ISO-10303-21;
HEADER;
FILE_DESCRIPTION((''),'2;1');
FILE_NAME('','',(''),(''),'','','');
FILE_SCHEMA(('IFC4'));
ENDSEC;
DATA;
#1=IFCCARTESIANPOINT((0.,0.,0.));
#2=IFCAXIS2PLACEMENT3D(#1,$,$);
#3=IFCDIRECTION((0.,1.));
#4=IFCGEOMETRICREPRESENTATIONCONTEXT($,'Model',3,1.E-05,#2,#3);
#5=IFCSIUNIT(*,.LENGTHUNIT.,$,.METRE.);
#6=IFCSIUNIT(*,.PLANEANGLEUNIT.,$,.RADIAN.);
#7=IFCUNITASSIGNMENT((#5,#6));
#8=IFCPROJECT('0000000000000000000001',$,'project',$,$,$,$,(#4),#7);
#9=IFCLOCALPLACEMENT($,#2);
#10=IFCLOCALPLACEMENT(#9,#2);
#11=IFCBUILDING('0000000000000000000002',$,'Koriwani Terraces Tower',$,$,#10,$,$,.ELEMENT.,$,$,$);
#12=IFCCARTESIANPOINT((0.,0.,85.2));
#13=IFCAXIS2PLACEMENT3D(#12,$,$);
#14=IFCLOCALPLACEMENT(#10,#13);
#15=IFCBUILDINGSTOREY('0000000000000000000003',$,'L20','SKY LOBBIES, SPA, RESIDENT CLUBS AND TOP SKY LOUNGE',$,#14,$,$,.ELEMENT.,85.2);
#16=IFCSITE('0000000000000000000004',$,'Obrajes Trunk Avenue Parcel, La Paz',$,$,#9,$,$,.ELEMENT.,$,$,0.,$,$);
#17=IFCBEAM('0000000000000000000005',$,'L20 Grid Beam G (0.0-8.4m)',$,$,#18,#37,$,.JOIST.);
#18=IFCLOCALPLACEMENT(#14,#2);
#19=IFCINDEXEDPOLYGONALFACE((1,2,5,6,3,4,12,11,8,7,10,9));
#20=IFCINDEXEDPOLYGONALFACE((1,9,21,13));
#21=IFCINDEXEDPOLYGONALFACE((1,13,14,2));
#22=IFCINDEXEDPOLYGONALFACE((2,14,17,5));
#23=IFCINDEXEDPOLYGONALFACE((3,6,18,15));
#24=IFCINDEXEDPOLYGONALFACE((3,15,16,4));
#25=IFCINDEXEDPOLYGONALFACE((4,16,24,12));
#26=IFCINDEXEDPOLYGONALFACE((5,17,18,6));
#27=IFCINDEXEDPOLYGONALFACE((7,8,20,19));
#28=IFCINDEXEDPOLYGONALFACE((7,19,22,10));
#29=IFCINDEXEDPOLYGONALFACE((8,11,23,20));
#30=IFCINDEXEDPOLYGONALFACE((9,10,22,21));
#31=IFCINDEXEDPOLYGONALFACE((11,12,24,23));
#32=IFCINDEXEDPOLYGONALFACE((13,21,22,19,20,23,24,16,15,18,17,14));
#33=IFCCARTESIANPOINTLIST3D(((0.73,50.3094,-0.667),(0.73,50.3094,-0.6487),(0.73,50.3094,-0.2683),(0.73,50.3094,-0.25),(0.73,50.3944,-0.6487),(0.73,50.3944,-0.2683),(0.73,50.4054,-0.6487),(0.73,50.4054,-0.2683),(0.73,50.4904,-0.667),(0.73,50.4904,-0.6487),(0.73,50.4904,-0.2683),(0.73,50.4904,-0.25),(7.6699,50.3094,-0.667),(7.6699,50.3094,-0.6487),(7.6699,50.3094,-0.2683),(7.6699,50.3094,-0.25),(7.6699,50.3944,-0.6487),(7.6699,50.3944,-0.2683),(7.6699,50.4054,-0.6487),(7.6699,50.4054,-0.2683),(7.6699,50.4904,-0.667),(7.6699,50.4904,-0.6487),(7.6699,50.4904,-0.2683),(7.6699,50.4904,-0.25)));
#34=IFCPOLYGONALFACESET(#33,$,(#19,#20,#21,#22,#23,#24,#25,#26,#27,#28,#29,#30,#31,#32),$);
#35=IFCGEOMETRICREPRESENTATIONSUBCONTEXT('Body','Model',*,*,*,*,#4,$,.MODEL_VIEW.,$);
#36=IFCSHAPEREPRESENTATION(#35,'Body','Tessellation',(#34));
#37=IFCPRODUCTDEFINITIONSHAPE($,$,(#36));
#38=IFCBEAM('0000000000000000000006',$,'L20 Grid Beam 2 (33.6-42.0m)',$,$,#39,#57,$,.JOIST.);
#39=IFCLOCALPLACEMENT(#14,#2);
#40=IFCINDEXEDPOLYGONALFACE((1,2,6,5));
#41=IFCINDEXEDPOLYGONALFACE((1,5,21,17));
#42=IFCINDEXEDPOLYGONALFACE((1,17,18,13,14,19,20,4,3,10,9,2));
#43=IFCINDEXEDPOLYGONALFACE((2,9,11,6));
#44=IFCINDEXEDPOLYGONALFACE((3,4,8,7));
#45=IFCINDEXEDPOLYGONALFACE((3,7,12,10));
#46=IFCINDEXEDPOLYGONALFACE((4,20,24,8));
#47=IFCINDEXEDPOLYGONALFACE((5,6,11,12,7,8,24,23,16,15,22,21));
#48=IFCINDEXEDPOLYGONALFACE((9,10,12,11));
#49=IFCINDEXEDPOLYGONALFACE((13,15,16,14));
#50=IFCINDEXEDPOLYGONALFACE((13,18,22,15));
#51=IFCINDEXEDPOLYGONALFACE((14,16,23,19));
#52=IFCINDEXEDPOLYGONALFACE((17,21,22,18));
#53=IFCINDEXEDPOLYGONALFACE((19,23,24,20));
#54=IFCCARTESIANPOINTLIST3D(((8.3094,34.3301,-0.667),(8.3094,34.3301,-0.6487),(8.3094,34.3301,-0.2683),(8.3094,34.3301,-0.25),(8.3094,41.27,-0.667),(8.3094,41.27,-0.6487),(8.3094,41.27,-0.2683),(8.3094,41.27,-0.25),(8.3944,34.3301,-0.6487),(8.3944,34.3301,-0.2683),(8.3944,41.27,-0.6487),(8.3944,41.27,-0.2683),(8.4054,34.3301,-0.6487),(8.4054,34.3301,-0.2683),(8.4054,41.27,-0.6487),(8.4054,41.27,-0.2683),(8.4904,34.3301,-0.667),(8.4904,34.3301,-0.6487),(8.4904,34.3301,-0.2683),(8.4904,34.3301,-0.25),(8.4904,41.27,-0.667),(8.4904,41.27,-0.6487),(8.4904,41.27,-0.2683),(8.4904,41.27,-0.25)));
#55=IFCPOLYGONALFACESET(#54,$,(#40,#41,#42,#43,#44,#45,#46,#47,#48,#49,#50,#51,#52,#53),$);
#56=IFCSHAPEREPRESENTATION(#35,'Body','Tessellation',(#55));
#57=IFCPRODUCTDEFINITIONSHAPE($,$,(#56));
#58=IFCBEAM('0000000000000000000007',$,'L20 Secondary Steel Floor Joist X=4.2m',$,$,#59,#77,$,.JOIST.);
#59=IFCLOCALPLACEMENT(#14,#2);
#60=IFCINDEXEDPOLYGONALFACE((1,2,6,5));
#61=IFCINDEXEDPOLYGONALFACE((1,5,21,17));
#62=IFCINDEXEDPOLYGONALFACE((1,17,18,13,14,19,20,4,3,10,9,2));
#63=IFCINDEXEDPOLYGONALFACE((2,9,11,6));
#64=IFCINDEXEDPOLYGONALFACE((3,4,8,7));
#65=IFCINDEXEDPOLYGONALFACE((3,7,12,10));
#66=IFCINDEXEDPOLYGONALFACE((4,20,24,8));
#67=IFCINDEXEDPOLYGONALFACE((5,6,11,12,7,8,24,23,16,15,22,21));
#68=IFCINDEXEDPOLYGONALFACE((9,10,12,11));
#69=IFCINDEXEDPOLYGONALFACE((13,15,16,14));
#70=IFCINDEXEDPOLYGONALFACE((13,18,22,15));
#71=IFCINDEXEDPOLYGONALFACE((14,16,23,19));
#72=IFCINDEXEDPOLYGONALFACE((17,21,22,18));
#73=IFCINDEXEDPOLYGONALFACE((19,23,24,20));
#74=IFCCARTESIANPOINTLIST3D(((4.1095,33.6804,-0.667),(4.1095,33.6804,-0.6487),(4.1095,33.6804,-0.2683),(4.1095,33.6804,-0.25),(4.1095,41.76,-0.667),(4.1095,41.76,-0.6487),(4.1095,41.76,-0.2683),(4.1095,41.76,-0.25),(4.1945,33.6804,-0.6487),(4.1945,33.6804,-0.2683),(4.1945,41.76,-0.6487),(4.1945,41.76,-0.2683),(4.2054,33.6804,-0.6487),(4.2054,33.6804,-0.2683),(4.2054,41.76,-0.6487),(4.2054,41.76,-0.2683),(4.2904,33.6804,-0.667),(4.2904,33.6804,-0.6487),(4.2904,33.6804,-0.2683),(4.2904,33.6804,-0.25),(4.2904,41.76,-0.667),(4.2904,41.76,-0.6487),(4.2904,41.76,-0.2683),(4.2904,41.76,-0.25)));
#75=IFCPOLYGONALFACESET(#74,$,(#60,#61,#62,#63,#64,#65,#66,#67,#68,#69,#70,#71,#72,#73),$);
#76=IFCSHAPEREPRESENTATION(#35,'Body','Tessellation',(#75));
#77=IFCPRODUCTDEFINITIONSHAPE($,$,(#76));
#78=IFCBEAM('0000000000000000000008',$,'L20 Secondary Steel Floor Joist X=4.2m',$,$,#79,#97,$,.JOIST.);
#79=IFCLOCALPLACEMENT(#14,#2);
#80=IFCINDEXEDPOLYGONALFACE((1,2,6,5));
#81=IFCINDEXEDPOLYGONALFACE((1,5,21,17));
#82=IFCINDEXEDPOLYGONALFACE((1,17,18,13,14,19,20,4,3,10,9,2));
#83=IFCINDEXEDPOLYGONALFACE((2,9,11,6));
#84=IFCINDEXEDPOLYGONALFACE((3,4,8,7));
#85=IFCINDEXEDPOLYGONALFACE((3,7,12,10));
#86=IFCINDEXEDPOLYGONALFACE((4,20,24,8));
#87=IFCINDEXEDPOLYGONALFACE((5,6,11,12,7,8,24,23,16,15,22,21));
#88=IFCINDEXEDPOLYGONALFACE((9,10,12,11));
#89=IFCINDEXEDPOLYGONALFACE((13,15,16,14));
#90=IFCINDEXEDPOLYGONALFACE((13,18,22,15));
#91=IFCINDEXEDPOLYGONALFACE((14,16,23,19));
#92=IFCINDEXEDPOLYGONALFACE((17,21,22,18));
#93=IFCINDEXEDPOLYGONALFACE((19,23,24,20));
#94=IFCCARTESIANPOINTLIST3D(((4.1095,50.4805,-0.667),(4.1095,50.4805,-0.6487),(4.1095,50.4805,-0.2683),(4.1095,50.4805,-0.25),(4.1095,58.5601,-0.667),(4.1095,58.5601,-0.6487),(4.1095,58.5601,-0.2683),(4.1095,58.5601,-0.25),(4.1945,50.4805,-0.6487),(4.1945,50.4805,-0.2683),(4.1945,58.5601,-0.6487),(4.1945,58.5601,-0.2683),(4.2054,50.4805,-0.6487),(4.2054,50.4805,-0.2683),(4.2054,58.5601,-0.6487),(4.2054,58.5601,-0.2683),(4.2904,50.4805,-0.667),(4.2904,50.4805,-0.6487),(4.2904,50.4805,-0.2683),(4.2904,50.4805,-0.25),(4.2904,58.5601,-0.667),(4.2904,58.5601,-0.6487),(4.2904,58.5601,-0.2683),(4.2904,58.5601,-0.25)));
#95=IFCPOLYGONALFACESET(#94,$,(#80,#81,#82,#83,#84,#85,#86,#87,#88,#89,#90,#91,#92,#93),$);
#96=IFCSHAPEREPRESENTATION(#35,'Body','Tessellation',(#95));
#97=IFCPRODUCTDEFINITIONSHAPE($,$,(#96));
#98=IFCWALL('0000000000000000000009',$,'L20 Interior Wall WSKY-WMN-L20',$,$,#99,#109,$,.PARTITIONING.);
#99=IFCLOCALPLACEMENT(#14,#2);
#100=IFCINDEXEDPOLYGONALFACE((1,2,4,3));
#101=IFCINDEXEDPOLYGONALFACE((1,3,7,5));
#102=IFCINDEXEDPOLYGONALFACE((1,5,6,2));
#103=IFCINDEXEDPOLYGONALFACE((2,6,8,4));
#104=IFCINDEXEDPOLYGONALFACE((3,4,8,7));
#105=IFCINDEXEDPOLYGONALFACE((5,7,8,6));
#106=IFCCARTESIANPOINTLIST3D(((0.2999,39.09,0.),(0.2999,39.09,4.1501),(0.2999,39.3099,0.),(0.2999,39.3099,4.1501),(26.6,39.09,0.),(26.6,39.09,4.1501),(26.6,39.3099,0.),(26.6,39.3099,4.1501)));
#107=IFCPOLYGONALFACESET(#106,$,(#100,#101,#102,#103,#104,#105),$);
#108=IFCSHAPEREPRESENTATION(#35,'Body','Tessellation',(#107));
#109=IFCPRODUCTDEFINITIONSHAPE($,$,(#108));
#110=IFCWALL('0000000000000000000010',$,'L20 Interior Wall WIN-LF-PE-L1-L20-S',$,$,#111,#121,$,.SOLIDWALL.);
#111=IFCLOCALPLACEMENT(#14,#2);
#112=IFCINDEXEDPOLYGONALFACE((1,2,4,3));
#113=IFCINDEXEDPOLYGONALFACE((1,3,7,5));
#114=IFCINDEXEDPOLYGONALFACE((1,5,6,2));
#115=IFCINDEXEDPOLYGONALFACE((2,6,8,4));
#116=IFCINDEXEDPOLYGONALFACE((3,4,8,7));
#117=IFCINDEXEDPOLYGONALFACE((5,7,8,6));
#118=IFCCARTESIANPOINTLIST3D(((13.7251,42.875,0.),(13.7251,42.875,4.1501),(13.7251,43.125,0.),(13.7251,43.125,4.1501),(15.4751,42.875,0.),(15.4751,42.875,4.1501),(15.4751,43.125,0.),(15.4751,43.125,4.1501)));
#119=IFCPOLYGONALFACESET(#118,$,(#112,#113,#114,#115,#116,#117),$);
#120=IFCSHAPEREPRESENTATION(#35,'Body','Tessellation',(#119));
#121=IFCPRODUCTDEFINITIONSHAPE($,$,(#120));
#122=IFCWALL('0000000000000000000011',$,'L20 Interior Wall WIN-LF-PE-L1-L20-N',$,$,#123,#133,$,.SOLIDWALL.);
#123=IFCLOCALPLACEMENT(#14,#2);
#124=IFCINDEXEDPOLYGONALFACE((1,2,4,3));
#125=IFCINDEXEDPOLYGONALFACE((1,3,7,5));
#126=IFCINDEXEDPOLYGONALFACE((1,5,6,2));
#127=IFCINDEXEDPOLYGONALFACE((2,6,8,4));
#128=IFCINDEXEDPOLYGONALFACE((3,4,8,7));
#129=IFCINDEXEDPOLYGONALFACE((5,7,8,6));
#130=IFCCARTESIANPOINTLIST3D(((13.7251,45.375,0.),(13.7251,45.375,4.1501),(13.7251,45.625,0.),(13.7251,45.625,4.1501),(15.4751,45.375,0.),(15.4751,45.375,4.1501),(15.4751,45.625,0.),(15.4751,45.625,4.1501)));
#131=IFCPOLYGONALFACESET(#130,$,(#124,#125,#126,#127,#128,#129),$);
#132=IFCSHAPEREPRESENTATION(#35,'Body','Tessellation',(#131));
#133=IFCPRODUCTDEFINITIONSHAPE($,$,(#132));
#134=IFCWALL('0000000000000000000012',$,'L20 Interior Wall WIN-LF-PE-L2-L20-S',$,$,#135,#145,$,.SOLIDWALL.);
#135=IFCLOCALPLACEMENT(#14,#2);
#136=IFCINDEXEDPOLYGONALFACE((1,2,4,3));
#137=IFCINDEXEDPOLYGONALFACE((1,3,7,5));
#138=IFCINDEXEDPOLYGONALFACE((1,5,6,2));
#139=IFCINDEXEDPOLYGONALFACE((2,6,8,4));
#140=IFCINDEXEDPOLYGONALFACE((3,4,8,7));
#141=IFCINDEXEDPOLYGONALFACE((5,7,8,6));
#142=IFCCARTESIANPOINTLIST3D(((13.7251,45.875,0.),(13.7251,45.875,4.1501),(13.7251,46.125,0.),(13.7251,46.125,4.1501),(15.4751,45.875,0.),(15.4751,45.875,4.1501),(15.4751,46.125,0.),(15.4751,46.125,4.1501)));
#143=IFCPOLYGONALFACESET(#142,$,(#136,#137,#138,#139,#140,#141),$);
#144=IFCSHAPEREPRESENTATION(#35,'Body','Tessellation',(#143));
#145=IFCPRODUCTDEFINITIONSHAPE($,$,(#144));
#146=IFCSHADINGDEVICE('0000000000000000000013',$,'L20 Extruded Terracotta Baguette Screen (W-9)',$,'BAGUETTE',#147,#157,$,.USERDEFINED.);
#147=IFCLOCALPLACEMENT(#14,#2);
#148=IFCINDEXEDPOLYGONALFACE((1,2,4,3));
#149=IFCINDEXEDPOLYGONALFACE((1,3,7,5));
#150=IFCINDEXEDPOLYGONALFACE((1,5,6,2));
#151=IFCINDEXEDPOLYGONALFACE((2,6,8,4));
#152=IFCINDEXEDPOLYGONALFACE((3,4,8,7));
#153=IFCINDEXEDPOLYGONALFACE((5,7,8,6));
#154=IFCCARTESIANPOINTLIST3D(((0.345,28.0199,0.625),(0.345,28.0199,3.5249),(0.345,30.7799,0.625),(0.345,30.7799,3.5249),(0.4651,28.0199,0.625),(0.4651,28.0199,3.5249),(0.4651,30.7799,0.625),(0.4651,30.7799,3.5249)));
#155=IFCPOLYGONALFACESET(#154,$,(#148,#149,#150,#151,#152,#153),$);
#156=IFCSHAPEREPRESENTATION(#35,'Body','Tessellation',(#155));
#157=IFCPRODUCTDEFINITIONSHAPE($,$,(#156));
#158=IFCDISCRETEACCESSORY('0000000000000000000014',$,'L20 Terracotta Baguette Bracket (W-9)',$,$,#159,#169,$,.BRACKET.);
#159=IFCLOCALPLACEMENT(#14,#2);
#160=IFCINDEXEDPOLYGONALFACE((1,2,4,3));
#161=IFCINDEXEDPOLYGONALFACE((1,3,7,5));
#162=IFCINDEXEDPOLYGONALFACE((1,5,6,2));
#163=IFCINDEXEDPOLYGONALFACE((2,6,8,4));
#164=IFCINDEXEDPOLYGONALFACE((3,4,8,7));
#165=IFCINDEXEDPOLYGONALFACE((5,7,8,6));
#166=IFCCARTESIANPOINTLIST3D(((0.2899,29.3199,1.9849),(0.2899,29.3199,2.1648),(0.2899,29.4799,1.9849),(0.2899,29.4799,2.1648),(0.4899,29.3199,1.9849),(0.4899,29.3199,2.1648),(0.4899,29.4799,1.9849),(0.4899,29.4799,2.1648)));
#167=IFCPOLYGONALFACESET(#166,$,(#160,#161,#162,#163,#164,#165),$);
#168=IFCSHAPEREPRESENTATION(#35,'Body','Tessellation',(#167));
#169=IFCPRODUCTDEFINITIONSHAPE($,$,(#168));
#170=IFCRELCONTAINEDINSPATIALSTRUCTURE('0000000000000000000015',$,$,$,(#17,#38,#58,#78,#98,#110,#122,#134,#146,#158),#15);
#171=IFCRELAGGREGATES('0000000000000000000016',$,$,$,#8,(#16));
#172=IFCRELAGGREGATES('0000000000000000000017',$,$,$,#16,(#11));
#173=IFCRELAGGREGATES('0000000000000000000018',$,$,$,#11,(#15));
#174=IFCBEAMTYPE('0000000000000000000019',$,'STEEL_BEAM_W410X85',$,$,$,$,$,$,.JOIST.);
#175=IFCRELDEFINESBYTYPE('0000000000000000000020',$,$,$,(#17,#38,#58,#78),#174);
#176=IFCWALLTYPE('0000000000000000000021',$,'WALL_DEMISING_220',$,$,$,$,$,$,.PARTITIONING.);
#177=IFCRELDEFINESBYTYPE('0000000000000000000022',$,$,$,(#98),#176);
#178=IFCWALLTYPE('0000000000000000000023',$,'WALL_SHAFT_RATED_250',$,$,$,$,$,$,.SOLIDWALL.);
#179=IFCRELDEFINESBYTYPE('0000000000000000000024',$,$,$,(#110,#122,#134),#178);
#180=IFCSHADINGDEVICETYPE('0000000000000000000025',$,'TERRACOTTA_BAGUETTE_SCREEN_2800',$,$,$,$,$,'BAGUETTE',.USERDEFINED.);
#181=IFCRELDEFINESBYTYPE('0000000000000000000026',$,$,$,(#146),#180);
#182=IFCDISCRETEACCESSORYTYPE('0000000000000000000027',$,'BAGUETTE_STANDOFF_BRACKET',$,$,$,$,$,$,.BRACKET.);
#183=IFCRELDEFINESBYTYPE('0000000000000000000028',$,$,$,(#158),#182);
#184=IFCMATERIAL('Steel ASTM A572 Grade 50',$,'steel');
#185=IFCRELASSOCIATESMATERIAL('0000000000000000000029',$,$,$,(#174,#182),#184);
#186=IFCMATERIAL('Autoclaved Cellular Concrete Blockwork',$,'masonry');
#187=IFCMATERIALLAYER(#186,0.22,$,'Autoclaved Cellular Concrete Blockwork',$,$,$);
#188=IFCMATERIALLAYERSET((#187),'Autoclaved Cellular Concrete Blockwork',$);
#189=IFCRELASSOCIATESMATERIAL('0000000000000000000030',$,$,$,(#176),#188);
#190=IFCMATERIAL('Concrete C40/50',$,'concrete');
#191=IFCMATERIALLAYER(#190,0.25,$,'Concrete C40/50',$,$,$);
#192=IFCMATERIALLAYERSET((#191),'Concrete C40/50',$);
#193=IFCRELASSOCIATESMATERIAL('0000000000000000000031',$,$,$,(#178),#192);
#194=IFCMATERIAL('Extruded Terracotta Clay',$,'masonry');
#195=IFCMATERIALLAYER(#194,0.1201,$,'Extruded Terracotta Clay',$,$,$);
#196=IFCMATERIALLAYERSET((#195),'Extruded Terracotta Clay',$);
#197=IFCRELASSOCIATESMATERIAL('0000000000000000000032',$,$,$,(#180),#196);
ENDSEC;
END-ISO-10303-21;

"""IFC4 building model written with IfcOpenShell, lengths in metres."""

from ifc_helpers import new_model, si_unit, direction, frame, frame_2d, origin, origin_2d, place, context, subcontext, project, spatial, rectangle, i_section, extrude, material, layer, layer_set, material_profile, profile_set, type_object, element, save


model = new_model("IFC4")

# Units and contexts
model_context = context("Model", 3, precision=1e-05, world=origin(), true_north=direction((0.0, 1.0)))
body_context = subcontext(model_context, "Body", "Model", "MODEL_VIEW")
ifc_project = project(units=[si_unit("LENGTHUNIT", "METRE"), si_unit("PLANEANGLEUNIT", "RADIAN")], contexts=[model_context])

# Site, building, storey
site_placement = place(None, origin())
site = spatial("IfcSite", under=ifc_project, at=site_placement, Name="Obrajes Trunk Avenue Parcel, La Paz", CompositionType="ELEMENT", RefElevation=0.0)
building_placement = place(site_placement, origin())
building = spatial("IfcBuilding", under=site, at=building_placement, Name="Koriwani Terraces Tower", CompositionType="ELEMENT")
storey_placement = place(building_placement, frame((0.0, 0.0, 85.2)))
storey = spatial("IfcBuildingStorey", under=building, at=storey_placement, Name="L20", Description="SKY LOBBIES, SPA, RESIDENT CLUBS AND TOP SKY LOUNGE", CompositionType="ELEMENT", Elevation=85.2)

# Beams
ifc_material_1 = material(Name="Concrete C40/50", Category="concrete")
ifc_material_2 = material(Name="Steel ASTM A572 Grade 50", Category="steel")
ifc_material_profile_1 = material_profile(ifc_material_2, i_section(OverallWidth=0.1809, OverallDepth=0.417, WebThickness=0.011, FlangeThickness=0.0183, at=origin_2d()), Name="Steel ASTM A572 Grade 50", Category="LoadBearing")
ifc_profile_set_1 = profile_set([ifc_material_profile_1], Name="Steel ASTM A572 Grade 50")
beam_type_1 = type_object("IfcBeamType", Name="STEEL_BEAM_W410X85", PredefinedType="JOIST", material=ifc_profile_set_1)
for number, where, z_axis, x_axis, name in (
    (1, (0.73, 50.3999, -0.4585), (1.0, 0.0, 0.0), (0.0, 1.0, 0.0), "L20 Grid Beam G (0.0-8.4m)"),
    (2, (8.3999, 34.3301, -0.4585), (0.0, 1.0, 0.0), (-1.0, 0.0, 0.0), "L20 Grid Beam 2 (33.6-42.0m)"),
):
    element("IfcBeam", number, at=place(storey_placement, frame(where, z_axis=z_axis, x_axis=x_axis)), inside=storey, type_object=beam_type_1, Name=name, PredefinedType="JOIST", context=body_context, shape_type="SweptSolid", body=[
        extrude(i_section(OverallWidth=0.1809, OverallDepth=0.417, WebThickness=0.011, FlangeThickness=0.0183, at=origin_2d()), origin(), (0.0, 0.0, 1.0), 6.9399),
    ])
for number, where, z_axis, x_axis, name in (
    (3, (4.2, 33.6804, -0.4585), (0.0, 1.0, 0.0), (-1.0, 0.0, 0.0), "L20 Secondary Steel Floor Joist X=4.2m"),
    (4, (4.2, 50.4805, -0.4585), (0.0, 1.0, 0.0), (-1.0, 0.0, 0.0), "L20 Secondary Steel Floor Joist X=4.2m"),
):
    element("IfcBeam", number, at=place(storey_placement, frame(where, z_axis=z_axis, x_axis=x_axis)), inside=storey, type_object=beam_type_1, Name=name, PredefinedType="JOIST", context=body_context, shape_type="SweptSolid", body=[
        extrude(i_section(OverallWidth=0.1809, OverallDepth=0.417, WebThickness=0.011, FlangeThickness=0.0183, at=origin_2d()), origin(), (0.0, 0.0, 1.0), 8.0796),
    ])

# Wall
ifc_material_3 = material(Name="Autoclaved Cellular Concrete Blockwork", Category="masonry")
ifc_layer_1 = layer(ifc_material_3, 0.22, Name="Autoclaved Cellular Concrete Blockwork")
ifc_layer_set_1 = layer_set([ifc_layer_1], Name="Autoclaved Cellular Concrete Blockwork")
wall_type_1 = type_object("IfcWallType", Name="WALL_DEMISING_220", PredefinedType="PARTITIONING", material=ifc_layer_set_1)
wall_1_placement = place(storey_placement, frame((0.3, 39.2, 0.0), z_axis=(0.0, 0.0, 1.0), x_axis=(1.0, 0.0, 0.0)))
element("IfcWall", 5, at=wall_1_placement, inside=storey, type_object=wall_type_1, Name="L20 Interior Wall WSKY-WMN-L20", PredefinedType="PARTITIONING", context=body_context, shape_type="SweptSolid", body=[
    extrude(rectangle(XDim=26.3, YDim=0.22, at=frame_2d((13.1499, 0.0))), origin(), (0.0, 0.0, 1.0), 4.1501),
])

# Shared definitions
ifc_layer_2 = layer(ifc_material_1, 0.25, Name="Concrete C40/50")
ifc_layer_set_2 = layer_set([ifc_layer_2], Name="Concrete C40/50")
wall_type_2 = type_object("IfcWallType", Name="WALL_SHAFT_RATED_250", PredefinedType="SOLIDWALL", material=ifc_layer_set_2)

# Walls
for number, where, z_axis, x_axis, name in (
    (6, (13.7251, 43.0, 0.0), (0.0, 0.0, 1.0), (1.0, 0.0, 0.0), "L20 Interior Wall WIN-LF-PE-L1-L20-S"),
    (7, (13.7251, 45.5, 0.0), (0.0, 0.0, 1.0), (1.0, 0.0, 0.0), "L20 Interior Wall WIN-LF-PE-L1-L20-N"),
):
    element("IfcWall", number, at=place(storey_placement, frame(where, z_axis=z_axis, x_axis=x_axis)), inside=storey, type_object=wall_type_2, Name=name, PredefinedType="SOLIDWALL", context=body_context, shape_type="SweptSolid", body=[
        extrude(rectangle(XDim=1.75, YDim=0.25, at=frame_2d((0.875, 0.0))), origin(), (0.0, 0.0, 1.0), 4.1501),
    ])

# Wall
wall_2_placement = place(storey_placement, frame((13.7251, 46.0, 0.0), z_axis=(0.0, 0.0, 1.0), x_axis=(1.0, 0.0, 0.0)))
element("IfcWall", 8, at=wall_2_placement, inside=storey, type_object=wall_type_2, Name="L20 Interior Wall WIN-LF-PE-L2-L20-S", PredefinedType="SOLIDWALL", context=body_context, shape_type="SweptSolid", body=[
    extrude(rectangle(XDim=1.75, YDim=0.25, at=frame_2d((0.875, 0.0))), origin(), (0.0, 0.0, 1.0), 4.1501),
])

# Shading device
ifc_material_4 = material(Name="Extruded Terracotta Clay", Category="masonry")
ifc_layer_3 = layer(ifc_material_4, 0.1201, Name="Extruded Terracotta Clay")
ifc_layer_set_3 = layer_set([ifc_layer_3], Name="Extruded Terracotta Clay")
shading_device_type = type_object("IfcShadingDeviceType", Name="TERRACOTTA_BAGUETTE_SCREEN_2800", ElementType="BAGUETTE", PredefinedType="USERDEFINED", material=ifc_layer_set_3)
shading_device_placement = place(storey_placement, frame((0.405, 29.3999, 0.625), z_axis=(0.0, 0.0, 1.0), x_axis=(0.0, 1.0, 0.0)))
element("IfcShadingDevice", 9, at=shading_device_placement, inside=storey, type_object=shading_device_type, Name="L20 Extruded Terracotta Baguette Screen (W-9)", ObjectType="BAGUETTE", PredefinedType="USERDEFINED", context=body_context, shape_type="SweptSolid", body=[
    extrude(rectangle(XDim=2.76, YDim=0.1201, at=origin_2d()), origin(), (0.0, 0.0, 1.0), 2.8999),
])

# Discrete accessory
discrete_accessory_type = type_object("IfcDiscreteAccessoryType", Name="BAGUETTE_STANDOFF_BRACKET", PredefinedType="BRACKET", material=ifc_material_2)
discrete_accessory_placement = place(storey_placement, frame((0.3899, 29.3999, 1.9849), z_axis=(0.0, 0.0, 1.0), x_axis=(0.0, 1.0, 0.0)))
element("IfcDiscreteAccessory", 10, at=discrete_accessory_placement, inside=storey, type_object=discrete_accessory_type, Name="L20 Terracotta Baguette Bracket (W-9)", PredefinedType="BRACKET", context=body_context, shape_type="SweptSolid", body=[
    extrude(rectangle(XDim=0.1599, YDim=0.2, at=origin_2d()), origin(), (0.0, 0.0, 1.0), 0.1799),
])

save(model, "model.ifc")
